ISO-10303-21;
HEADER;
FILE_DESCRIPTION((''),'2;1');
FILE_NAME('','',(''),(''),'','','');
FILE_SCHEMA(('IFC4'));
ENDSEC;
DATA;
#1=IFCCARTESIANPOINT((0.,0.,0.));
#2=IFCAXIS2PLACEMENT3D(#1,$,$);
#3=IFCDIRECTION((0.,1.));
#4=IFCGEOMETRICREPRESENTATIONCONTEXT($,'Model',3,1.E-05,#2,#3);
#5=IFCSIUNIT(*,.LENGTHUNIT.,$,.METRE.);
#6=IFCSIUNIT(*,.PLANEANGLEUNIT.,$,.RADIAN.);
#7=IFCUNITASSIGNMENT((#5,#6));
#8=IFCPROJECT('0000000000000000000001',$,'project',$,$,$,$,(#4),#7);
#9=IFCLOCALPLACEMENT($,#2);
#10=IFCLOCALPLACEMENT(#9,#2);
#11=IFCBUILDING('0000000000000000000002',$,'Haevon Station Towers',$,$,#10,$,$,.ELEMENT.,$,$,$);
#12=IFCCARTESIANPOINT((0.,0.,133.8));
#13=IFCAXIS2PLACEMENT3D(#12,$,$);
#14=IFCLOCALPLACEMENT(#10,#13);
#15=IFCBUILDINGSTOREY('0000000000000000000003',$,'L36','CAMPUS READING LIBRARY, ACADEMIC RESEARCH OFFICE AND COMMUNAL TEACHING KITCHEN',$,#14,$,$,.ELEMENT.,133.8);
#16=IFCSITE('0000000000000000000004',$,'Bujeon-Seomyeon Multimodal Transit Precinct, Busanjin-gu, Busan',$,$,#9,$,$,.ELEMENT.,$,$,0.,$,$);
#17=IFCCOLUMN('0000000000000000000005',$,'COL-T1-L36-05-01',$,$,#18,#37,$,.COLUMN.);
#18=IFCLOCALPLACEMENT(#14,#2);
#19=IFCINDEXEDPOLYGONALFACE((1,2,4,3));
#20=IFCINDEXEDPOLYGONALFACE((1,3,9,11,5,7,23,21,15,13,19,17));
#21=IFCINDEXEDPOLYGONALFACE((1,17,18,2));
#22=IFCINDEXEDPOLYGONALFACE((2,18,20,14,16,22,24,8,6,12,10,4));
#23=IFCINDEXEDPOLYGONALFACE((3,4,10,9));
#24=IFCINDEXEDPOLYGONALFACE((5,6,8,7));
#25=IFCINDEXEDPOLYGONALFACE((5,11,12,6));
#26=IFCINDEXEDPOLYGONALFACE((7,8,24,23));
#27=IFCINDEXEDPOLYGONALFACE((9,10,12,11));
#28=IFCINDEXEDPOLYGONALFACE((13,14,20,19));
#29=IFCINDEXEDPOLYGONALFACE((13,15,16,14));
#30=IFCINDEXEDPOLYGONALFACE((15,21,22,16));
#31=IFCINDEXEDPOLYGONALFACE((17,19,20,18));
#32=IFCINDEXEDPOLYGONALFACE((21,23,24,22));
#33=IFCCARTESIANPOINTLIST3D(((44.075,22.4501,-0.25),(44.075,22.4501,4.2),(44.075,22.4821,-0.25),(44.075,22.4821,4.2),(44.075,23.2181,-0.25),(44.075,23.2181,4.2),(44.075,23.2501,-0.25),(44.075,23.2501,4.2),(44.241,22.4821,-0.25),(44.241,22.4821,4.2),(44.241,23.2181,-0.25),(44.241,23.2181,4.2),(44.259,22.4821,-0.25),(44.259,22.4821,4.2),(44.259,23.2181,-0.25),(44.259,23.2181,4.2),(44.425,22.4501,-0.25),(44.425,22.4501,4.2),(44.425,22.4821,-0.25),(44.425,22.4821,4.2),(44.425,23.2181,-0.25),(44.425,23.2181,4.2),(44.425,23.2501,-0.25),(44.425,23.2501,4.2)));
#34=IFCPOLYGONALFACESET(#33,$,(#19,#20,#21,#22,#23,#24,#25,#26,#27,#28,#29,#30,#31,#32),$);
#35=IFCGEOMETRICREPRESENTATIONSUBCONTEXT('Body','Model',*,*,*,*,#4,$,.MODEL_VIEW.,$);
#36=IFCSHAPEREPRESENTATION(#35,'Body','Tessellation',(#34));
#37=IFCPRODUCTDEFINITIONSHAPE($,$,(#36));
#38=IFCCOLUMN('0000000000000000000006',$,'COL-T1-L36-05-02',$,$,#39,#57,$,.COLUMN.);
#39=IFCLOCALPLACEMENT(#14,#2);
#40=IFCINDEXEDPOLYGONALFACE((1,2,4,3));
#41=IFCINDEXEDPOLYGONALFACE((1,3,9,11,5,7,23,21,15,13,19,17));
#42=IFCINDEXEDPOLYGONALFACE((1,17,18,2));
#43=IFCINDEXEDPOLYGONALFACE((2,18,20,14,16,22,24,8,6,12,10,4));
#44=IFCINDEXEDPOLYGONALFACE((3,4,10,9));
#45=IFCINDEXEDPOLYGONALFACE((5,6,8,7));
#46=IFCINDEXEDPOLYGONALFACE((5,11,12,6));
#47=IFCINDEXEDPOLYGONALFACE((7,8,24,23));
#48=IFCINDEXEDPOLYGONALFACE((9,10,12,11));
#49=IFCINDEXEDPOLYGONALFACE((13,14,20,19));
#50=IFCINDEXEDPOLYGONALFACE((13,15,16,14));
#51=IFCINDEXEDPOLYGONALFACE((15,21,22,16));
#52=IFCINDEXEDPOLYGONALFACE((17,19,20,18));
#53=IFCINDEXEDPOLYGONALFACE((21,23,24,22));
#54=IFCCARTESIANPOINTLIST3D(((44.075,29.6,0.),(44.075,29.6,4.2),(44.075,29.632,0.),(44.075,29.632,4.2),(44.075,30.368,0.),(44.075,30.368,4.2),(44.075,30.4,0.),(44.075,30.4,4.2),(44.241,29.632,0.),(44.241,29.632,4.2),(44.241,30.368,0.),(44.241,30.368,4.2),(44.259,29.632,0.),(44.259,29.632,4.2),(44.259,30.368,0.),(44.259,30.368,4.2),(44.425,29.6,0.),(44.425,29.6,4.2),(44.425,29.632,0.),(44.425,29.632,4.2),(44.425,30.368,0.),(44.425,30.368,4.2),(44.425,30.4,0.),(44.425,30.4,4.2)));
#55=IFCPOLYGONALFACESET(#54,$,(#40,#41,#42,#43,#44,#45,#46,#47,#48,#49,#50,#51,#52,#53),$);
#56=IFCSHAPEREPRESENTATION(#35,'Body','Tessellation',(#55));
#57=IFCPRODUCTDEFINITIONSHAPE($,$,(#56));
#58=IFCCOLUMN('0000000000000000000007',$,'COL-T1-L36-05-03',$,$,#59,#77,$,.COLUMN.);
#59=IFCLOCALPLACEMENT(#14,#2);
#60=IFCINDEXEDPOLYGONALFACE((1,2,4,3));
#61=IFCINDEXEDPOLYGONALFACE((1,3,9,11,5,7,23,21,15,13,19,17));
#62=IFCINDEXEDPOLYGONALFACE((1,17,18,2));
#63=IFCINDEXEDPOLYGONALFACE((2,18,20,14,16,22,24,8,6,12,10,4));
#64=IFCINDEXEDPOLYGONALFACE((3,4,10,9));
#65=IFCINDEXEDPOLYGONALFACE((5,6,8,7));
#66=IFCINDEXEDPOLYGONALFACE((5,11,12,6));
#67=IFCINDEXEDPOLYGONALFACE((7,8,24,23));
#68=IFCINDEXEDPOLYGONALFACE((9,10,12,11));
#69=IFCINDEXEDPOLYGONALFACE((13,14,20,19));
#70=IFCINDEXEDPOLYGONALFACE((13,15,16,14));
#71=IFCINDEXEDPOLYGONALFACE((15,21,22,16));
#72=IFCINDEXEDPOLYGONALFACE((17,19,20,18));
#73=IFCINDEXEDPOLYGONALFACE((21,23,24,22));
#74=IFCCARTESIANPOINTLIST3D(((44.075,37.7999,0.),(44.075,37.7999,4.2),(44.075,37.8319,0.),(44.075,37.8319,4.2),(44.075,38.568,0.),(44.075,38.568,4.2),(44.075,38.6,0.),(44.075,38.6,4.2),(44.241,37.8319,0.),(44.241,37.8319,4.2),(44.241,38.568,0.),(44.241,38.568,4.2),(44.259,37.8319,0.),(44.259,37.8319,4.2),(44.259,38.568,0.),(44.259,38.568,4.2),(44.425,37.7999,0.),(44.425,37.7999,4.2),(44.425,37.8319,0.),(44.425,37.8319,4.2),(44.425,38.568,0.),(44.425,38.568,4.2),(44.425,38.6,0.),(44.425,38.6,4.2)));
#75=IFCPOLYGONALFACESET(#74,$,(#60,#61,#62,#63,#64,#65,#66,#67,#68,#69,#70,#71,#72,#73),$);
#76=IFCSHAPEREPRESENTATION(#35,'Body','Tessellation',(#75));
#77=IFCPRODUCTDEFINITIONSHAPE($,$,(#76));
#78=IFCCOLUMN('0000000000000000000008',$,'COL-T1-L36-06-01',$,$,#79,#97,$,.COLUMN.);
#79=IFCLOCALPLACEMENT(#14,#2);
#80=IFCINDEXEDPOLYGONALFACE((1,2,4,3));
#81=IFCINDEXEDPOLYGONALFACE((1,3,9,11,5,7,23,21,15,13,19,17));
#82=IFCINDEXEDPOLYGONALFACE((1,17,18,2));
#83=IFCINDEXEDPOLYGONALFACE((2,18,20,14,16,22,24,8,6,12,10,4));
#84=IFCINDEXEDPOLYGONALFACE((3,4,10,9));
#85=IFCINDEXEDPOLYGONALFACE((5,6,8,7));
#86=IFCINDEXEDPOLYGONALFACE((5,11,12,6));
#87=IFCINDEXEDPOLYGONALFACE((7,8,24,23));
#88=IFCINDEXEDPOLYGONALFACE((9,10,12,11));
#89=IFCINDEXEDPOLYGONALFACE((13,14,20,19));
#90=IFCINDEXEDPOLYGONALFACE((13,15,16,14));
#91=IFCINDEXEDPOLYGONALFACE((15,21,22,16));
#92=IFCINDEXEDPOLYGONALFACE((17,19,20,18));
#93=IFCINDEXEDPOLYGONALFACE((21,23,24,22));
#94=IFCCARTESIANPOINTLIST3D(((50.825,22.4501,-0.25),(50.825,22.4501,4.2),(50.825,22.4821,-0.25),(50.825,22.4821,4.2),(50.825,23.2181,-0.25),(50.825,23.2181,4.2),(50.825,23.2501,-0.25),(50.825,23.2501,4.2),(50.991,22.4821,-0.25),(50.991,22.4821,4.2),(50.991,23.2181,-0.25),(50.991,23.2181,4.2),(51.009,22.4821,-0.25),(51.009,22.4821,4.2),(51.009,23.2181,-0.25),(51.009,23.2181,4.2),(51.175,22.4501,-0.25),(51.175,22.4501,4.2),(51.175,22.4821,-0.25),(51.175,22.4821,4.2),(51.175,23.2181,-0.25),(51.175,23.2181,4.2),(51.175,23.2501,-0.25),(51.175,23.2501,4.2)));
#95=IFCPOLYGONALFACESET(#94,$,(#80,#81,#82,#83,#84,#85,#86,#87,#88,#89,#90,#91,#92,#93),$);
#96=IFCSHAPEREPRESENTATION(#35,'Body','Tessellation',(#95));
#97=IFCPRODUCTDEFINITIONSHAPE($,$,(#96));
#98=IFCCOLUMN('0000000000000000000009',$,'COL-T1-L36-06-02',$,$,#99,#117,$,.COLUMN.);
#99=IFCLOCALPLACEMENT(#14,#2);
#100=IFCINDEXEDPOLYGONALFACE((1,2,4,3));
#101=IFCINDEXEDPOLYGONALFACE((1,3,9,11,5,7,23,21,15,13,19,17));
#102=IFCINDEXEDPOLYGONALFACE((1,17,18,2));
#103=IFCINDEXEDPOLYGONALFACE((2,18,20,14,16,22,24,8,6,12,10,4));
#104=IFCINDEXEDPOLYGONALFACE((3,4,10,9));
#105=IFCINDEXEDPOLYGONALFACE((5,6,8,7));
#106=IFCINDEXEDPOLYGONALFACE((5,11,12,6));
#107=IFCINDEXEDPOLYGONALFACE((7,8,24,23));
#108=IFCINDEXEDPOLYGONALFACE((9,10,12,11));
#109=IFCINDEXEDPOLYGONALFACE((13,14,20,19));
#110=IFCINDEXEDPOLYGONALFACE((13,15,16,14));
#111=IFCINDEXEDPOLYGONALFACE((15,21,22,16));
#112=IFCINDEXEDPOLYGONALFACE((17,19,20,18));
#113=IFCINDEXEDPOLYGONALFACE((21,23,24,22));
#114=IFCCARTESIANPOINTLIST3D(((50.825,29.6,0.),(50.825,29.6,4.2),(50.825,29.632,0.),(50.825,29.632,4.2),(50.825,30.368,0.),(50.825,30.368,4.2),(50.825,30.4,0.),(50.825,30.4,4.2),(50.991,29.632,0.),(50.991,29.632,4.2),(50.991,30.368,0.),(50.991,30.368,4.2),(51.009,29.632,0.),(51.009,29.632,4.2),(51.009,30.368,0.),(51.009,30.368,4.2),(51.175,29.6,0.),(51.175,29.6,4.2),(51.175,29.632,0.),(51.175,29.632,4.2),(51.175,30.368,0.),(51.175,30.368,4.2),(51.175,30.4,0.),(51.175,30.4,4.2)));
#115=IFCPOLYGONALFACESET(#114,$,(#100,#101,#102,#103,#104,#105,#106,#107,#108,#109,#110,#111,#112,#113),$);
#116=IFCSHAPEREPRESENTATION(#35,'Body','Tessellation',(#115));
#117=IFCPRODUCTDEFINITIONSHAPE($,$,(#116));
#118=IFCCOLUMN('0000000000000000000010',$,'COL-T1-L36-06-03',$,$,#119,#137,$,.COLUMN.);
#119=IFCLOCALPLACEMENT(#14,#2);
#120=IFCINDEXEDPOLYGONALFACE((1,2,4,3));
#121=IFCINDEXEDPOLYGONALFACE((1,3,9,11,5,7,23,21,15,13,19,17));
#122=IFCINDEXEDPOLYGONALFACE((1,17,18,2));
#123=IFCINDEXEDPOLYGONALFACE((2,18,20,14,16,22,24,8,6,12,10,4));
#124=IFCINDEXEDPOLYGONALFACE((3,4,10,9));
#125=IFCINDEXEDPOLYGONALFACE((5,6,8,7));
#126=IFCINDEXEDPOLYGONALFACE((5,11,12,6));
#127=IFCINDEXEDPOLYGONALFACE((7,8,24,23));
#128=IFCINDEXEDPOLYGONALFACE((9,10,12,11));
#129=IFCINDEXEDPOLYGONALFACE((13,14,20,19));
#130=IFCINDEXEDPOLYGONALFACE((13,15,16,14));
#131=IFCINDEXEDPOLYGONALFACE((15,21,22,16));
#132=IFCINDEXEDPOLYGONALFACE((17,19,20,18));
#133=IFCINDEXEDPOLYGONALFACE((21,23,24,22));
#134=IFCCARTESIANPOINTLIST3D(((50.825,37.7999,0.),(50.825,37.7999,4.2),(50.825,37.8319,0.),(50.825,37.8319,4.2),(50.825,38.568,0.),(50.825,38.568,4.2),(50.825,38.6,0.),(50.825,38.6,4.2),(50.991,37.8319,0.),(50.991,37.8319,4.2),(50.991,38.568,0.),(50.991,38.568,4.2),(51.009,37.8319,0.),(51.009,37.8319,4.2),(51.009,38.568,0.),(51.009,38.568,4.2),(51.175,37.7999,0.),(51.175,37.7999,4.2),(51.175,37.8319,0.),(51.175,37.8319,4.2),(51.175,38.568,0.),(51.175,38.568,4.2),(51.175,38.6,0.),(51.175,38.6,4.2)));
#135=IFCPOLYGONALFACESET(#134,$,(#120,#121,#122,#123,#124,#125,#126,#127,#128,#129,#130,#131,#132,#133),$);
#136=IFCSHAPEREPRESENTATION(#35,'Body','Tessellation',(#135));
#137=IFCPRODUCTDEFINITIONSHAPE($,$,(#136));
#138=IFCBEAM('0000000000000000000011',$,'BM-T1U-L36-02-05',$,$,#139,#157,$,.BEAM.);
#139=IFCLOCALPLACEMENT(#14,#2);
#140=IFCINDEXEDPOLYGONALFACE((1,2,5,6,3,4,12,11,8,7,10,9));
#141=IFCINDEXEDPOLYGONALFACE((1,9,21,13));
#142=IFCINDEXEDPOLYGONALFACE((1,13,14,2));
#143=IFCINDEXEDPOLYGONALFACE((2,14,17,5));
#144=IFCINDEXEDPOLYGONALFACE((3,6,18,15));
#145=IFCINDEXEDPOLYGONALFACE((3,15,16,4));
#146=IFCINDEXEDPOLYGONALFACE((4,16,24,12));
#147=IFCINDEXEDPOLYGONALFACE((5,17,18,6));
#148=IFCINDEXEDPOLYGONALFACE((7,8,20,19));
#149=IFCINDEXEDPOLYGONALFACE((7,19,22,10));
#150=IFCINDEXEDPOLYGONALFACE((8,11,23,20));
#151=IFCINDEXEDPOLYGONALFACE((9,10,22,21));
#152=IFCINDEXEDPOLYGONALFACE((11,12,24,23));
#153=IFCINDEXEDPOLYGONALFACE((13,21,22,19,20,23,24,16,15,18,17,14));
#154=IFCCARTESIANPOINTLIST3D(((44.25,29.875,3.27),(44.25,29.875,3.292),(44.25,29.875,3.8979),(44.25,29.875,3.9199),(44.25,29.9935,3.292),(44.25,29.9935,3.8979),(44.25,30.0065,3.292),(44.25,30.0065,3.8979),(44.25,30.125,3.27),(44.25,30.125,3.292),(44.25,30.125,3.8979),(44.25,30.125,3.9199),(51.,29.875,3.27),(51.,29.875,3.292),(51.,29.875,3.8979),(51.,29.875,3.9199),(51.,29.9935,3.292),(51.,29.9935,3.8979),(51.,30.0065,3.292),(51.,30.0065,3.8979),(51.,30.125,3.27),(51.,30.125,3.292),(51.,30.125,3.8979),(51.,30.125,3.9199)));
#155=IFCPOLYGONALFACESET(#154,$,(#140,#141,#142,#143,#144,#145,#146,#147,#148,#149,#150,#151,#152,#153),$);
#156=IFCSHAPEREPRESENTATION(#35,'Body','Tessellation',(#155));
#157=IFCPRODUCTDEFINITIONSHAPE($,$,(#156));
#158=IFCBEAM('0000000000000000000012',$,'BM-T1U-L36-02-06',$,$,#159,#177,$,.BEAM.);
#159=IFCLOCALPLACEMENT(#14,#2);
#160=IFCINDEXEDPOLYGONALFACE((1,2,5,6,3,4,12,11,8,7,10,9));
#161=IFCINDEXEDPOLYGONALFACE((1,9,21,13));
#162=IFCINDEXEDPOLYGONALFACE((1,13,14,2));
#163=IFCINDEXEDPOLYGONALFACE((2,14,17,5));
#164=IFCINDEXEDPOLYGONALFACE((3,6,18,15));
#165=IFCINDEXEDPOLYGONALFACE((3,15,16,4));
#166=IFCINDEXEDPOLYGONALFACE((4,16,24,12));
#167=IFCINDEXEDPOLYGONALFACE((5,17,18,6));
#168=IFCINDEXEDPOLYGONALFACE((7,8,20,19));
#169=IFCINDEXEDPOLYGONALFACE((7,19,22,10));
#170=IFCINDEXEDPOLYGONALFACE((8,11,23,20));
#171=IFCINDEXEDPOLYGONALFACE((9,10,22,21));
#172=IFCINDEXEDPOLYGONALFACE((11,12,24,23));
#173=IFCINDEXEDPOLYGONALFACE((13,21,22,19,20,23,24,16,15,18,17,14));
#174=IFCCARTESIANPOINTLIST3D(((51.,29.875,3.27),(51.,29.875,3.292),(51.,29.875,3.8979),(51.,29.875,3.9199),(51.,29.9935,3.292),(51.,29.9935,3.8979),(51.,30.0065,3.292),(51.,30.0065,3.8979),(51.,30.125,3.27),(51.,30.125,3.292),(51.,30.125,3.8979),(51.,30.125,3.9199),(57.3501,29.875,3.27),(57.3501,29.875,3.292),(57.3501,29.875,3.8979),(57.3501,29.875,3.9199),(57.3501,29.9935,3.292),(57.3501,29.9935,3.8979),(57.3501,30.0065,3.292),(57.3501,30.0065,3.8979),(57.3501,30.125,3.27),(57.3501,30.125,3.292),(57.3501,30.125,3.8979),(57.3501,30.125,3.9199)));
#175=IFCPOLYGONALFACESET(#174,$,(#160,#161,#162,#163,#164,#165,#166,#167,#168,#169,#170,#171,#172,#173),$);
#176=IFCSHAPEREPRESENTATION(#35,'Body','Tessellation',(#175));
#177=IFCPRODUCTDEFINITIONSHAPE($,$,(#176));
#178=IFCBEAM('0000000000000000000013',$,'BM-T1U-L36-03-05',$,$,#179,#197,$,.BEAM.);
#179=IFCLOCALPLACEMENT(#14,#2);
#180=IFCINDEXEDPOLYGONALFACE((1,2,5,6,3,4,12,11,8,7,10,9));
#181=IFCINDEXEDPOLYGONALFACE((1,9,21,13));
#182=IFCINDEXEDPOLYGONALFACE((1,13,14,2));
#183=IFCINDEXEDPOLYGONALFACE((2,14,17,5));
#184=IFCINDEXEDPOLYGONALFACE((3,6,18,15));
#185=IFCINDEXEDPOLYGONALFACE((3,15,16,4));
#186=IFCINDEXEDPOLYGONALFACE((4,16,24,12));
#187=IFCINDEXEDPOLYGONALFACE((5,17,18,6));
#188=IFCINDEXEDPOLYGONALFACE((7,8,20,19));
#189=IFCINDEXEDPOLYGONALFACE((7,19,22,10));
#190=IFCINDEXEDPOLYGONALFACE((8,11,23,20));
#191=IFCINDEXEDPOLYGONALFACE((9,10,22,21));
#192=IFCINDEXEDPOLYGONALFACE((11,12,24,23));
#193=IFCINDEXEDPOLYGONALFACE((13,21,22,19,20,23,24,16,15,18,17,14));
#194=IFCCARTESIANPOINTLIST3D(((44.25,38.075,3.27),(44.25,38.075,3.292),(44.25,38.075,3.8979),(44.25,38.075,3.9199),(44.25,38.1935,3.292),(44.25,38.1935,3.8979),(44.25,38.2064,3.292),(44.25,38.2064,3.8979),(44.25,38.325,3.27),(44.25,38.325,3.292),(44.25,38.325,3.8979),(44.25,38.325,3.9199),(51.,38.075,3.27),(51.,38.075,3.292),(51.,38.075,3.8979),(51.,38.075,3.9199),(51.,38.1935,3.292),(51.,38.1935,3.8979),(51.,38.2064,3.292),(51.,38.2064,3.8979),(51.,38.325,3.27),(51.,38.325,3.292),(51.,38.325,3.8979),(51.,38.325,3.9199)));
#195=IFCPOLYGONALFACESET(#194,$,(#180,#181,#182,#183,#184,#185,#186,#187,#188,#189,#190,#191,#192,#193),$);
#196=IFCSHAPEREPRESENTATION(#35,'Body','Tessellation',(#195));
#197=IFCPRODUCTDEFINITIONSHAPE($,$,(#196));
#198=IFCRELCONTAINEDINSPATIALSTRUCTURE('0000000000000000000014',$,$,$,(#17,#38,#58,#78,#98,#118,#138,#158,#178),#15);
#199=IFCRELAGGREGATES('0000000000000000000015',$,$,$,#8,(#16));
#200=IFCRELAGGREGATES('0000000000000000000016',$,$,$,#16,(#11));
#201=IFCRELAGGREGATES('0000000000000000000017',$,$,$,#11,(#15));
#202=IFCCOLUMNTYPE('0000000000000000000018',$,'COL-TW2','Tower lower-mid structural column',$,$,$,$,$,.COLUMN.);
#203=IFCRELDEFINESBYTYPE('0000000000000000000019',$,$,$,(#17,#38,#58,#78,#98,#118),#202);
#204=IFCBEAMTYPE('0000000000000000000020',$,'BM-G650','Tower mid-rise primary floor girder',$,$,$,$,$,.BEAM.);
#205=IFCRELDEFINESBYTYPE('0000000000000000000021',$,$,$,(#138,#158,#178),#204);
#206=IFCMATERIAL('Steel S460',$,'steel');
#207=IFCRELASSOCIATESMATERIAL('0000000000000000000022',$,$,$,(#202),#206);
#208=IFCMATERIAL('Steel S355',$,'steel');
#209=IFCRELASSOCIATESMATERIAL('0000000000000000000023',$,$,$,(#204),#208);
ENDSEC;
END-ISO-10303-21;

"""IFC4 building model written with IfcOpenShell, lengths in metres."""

from ifc_helpers import new_model, si_unit, direction, frame, origin, origin_2d, place, context, subcontext, project, spatial, i_section, extrude, material, material_profile, profile_set, type_object, element, save


model = new_model("IFC4")

# Units and contexts
model_context = context("Model", 3, precision=1e-05, world=origin(), true_north=direction((0.0, 1.0)))
body_context = subcontext(model_context, "Body", "Model", "MODEL_VIEW")
ifc_project = project(units=[si_unit("LENGTHUNIT", "METRE"), si_unit("PLANEANGLEUNIT", "RADIAN")], contexts=[model_context])

# Site, building, storey
site_placement = place(None, origin())
site = spatial("IfcSite", under=ifc_project, at=site_placement, Name="Bujeon-Seomyeon Multimodal Transit Precinct, Busanjin-gu, Busan", CompositionType="ELEMENT", RefElevation=0.0)
building_placement = place(site_placement, origin())
building = spatial("IfcBuilding", under=site, at=building_placement, Name="Haevon Station Towers", CompositionType="ELEMENT")
storey_placement = place(building_placement, frame((0.0, 0.0, 133.8)))
storey = spatial("IfcBuildingStorey", under=building, at=storey_placement, Name="L36", Description="CAMPUS READING LIBRARY, ACADEMIC RESEARCH OFFICE AND COMMUNAL TEACHING KITCHEN", CompositionType="ELEMENT", Elevation=133.8)

# Columns
ifc_material_1 = material(Name="Steel S460", Category="steel")
ifc_material_profile_1 = material_profile(ifc_material_1, i_section(OverallWidth=0.3501, OverallDepth=0.8, WebThickness=0.0181, FlangeThickness=0.032, at=origin_2d()), Name="H-800x350x18x32")
ifc_profile_set_1 = profile_set([ifc_material_profile_1], Name="Steel S460")
column_type = type_object("IfcColumnType", Name="COL-TW2", Description="Tower lower-mid structural column", PredefinedType="COLUMN", material=ifc_profile_set_1)
column_1_placement = place(storey_placement, frame((44.25, 22.8501, -0.25), z_axis=(0.0, 0.0, 1.0), x_axis=(1.0, 0.0, 0.0)))
element("IfcColumn", 1, at=column_1_placement, inside=storey, type_object=column_type, Name="COL-T1-L36-05-01", PredefinedType="COLUMN", context=body_context, shape_type="SweptSolid", body=[
    extrude(i_section(OverallWidth=0.3501, OverallDepth=0.8, WebThickness=0.0181, FlangeThickness=0.032, at=origin_2d()), origin(), (0.0, 0.0, 1.0), 4.45),
])
for number, where, z_axis, x_axis, name in (
    (2, (44.25, 30.0, 0.0), (0.0, 0.0, 1.0), (1.0, 0.0, 0.0), "COL-T1-L36-05-02"),
    (3, (44.25, 38.2, 0.0), (0.0, 0.0, 1.0), (1.0, 0.0, 0.0), "COL-T1-L36-05-03"),
):
    element("IfcColumn", number, at=place(storey_placement, frame(where, z_axis=z_axis, x_axis=x_axis)), inside=storey, type_object=column_type, Name=name, PredefinedType="COLUMN", context=body_context, shape_type="SweptSolid", body=[
        extrude(i_section(OverallWidth=0.3501, OverallDepth=0.8, WebThickness=0.0181, FlangeThickness=0.032, at=origin_2d()), origin(), (0.0, 0.0, 1.0), 4.2),
    ])
column_2_placement = place(storey_placement, frame((51.0, 22.8501, -0.25), z_axis=(0.0, 0.0, 1.0), x_axis=(1.0, 0.0, 0.0)))
element("IfcColumn", 4, at=column_2_placement, inside=storey, type_object=column_type, Name="COL-T1-L36-06-01", PredefinedType="COLUMN", context=body_context, shape_type="SweptSolid", body=[
    extrude(i_section(OverallWidth=0.3501, OverallDepth=0.8, WebThickness=0.0181, FlangeThickness=0.032, at=origin_2d()), origin(), (0.0, 0.0, 1.0), 4.45),
])
for number, where, z_axis, x_axis, name in (
    (5, (51.0, 30.0, 0.0), (0.0, 0.0, 1.0), (1.0, 0.0, 0.0), "COL-T1-L36-06-02"),
    (6, (51.0, 38.2, 0.0), (0.0, 0.0, 1.0), (1.0, 0.0, 0.0), "COL-T1-L36-06-03"),
):
    element("IfcColumn", number, at=place(storey_placement, frame(where, z_axis=z_axis, x_axis=x_axis)), inside=storey, type_object=column_type, Name=name, PredefinedType="COLUMN", context=body_context, shape_type="SweptSolid", body=[
        extrude(i_section(OverallWidth=0.3501, OverallDepth=0.8, WebThickness=0.0181, FlangeThickness=0.032, at=origin_2d()), origin(), (0.0, 0.0, 1.0), 4.2),
    ])

# Beams
ifc_material_2 = material(Name="Steel S355", Category="steel")
ifc_material_profile_2 = material_profile(ifc_material_2, i_section(OverallWidth=0.25, OverallDepth=0.6499, WebThickness=0.0129, FlangeThickness=0.022, at=origin_2d()), Name="H-650x250x13x22")
ifc_profile_set_2 = profile_set([ifc_material_profile_2], Name="Steel S355")
beam_type_1 = type_object("IfcBeamType", Name="BM-G650", Description="Tower mid-rise primary floor girder", PredefinedType="BEAM", material=ifc_profile_set_2)
beam_1_placement = place(storey_placement, frame((44.25, 30.0, 3.595), z_axis=(1.0, 0.0, 0.0), x_axis=(0.0, 1.0, 0.0)))
element("IfcBeam", 7, at=beam_1_placement, inside=storey, type_object=beam_type_1, Name="BM-T1U-L36-02-05", PredefinedType="BEAM", context=body_context, shape_type="SweptSolid", body=[
    extrude(i_section(OverallWidth=0.25, OverallDepth=0.6499, WebThickness=0.0129, FlangeThickness=0.022, at=origin_2d()), origin(), (0.0, 0.0, 1.0), 6.75),
])
beam_2_placement = place(storey_placement, frame((51.0, 30.0, 3.595), z_axis=(1.0, 0.0, 0.0), x_axis=(0.0, 1.0, 0.0)))
element("IfcBeam", 8, at=beam_2_placement, inside=storey, type_object=beam_type_1, Name="BM-T1U-L36-02-06", PredefinedType="BEAM", context=body_context, shape_type="SweptSolid", body=[
    extrude(i_section(OverallWidth=0.25, OverallDepth=0.6499, WebThickness=0.0129, FlangeThickness=0.022, at=origin_2d()), origin(), (0.0, 0.0, 1.0), 6.3501),
])
beam_3_placement = place(storey_placement, frame((44.25, 38.2, 3.595), z_axis=(1.0, 0.0, 0.0), x_axis=(0.0, 1.0, 0.0)))
element("IfcBeam", 9, at=beam_3_placement, inside=storey, type_object=beam_type_1, Name="BM-T1U-L36-03-05", PredefinedType="BEAM", context=body_context, shape_type="SweptSolid", body=[
    extrude(i_section(OverallWidth=0.25, OverallDepth=0.6499, WebThickness=0.0129, FlangeThickness=0.022, at=origin_2d()), origin(), (0.0, 0.0, 1.0), 6.75),
])

save(model, "model.ifc")
